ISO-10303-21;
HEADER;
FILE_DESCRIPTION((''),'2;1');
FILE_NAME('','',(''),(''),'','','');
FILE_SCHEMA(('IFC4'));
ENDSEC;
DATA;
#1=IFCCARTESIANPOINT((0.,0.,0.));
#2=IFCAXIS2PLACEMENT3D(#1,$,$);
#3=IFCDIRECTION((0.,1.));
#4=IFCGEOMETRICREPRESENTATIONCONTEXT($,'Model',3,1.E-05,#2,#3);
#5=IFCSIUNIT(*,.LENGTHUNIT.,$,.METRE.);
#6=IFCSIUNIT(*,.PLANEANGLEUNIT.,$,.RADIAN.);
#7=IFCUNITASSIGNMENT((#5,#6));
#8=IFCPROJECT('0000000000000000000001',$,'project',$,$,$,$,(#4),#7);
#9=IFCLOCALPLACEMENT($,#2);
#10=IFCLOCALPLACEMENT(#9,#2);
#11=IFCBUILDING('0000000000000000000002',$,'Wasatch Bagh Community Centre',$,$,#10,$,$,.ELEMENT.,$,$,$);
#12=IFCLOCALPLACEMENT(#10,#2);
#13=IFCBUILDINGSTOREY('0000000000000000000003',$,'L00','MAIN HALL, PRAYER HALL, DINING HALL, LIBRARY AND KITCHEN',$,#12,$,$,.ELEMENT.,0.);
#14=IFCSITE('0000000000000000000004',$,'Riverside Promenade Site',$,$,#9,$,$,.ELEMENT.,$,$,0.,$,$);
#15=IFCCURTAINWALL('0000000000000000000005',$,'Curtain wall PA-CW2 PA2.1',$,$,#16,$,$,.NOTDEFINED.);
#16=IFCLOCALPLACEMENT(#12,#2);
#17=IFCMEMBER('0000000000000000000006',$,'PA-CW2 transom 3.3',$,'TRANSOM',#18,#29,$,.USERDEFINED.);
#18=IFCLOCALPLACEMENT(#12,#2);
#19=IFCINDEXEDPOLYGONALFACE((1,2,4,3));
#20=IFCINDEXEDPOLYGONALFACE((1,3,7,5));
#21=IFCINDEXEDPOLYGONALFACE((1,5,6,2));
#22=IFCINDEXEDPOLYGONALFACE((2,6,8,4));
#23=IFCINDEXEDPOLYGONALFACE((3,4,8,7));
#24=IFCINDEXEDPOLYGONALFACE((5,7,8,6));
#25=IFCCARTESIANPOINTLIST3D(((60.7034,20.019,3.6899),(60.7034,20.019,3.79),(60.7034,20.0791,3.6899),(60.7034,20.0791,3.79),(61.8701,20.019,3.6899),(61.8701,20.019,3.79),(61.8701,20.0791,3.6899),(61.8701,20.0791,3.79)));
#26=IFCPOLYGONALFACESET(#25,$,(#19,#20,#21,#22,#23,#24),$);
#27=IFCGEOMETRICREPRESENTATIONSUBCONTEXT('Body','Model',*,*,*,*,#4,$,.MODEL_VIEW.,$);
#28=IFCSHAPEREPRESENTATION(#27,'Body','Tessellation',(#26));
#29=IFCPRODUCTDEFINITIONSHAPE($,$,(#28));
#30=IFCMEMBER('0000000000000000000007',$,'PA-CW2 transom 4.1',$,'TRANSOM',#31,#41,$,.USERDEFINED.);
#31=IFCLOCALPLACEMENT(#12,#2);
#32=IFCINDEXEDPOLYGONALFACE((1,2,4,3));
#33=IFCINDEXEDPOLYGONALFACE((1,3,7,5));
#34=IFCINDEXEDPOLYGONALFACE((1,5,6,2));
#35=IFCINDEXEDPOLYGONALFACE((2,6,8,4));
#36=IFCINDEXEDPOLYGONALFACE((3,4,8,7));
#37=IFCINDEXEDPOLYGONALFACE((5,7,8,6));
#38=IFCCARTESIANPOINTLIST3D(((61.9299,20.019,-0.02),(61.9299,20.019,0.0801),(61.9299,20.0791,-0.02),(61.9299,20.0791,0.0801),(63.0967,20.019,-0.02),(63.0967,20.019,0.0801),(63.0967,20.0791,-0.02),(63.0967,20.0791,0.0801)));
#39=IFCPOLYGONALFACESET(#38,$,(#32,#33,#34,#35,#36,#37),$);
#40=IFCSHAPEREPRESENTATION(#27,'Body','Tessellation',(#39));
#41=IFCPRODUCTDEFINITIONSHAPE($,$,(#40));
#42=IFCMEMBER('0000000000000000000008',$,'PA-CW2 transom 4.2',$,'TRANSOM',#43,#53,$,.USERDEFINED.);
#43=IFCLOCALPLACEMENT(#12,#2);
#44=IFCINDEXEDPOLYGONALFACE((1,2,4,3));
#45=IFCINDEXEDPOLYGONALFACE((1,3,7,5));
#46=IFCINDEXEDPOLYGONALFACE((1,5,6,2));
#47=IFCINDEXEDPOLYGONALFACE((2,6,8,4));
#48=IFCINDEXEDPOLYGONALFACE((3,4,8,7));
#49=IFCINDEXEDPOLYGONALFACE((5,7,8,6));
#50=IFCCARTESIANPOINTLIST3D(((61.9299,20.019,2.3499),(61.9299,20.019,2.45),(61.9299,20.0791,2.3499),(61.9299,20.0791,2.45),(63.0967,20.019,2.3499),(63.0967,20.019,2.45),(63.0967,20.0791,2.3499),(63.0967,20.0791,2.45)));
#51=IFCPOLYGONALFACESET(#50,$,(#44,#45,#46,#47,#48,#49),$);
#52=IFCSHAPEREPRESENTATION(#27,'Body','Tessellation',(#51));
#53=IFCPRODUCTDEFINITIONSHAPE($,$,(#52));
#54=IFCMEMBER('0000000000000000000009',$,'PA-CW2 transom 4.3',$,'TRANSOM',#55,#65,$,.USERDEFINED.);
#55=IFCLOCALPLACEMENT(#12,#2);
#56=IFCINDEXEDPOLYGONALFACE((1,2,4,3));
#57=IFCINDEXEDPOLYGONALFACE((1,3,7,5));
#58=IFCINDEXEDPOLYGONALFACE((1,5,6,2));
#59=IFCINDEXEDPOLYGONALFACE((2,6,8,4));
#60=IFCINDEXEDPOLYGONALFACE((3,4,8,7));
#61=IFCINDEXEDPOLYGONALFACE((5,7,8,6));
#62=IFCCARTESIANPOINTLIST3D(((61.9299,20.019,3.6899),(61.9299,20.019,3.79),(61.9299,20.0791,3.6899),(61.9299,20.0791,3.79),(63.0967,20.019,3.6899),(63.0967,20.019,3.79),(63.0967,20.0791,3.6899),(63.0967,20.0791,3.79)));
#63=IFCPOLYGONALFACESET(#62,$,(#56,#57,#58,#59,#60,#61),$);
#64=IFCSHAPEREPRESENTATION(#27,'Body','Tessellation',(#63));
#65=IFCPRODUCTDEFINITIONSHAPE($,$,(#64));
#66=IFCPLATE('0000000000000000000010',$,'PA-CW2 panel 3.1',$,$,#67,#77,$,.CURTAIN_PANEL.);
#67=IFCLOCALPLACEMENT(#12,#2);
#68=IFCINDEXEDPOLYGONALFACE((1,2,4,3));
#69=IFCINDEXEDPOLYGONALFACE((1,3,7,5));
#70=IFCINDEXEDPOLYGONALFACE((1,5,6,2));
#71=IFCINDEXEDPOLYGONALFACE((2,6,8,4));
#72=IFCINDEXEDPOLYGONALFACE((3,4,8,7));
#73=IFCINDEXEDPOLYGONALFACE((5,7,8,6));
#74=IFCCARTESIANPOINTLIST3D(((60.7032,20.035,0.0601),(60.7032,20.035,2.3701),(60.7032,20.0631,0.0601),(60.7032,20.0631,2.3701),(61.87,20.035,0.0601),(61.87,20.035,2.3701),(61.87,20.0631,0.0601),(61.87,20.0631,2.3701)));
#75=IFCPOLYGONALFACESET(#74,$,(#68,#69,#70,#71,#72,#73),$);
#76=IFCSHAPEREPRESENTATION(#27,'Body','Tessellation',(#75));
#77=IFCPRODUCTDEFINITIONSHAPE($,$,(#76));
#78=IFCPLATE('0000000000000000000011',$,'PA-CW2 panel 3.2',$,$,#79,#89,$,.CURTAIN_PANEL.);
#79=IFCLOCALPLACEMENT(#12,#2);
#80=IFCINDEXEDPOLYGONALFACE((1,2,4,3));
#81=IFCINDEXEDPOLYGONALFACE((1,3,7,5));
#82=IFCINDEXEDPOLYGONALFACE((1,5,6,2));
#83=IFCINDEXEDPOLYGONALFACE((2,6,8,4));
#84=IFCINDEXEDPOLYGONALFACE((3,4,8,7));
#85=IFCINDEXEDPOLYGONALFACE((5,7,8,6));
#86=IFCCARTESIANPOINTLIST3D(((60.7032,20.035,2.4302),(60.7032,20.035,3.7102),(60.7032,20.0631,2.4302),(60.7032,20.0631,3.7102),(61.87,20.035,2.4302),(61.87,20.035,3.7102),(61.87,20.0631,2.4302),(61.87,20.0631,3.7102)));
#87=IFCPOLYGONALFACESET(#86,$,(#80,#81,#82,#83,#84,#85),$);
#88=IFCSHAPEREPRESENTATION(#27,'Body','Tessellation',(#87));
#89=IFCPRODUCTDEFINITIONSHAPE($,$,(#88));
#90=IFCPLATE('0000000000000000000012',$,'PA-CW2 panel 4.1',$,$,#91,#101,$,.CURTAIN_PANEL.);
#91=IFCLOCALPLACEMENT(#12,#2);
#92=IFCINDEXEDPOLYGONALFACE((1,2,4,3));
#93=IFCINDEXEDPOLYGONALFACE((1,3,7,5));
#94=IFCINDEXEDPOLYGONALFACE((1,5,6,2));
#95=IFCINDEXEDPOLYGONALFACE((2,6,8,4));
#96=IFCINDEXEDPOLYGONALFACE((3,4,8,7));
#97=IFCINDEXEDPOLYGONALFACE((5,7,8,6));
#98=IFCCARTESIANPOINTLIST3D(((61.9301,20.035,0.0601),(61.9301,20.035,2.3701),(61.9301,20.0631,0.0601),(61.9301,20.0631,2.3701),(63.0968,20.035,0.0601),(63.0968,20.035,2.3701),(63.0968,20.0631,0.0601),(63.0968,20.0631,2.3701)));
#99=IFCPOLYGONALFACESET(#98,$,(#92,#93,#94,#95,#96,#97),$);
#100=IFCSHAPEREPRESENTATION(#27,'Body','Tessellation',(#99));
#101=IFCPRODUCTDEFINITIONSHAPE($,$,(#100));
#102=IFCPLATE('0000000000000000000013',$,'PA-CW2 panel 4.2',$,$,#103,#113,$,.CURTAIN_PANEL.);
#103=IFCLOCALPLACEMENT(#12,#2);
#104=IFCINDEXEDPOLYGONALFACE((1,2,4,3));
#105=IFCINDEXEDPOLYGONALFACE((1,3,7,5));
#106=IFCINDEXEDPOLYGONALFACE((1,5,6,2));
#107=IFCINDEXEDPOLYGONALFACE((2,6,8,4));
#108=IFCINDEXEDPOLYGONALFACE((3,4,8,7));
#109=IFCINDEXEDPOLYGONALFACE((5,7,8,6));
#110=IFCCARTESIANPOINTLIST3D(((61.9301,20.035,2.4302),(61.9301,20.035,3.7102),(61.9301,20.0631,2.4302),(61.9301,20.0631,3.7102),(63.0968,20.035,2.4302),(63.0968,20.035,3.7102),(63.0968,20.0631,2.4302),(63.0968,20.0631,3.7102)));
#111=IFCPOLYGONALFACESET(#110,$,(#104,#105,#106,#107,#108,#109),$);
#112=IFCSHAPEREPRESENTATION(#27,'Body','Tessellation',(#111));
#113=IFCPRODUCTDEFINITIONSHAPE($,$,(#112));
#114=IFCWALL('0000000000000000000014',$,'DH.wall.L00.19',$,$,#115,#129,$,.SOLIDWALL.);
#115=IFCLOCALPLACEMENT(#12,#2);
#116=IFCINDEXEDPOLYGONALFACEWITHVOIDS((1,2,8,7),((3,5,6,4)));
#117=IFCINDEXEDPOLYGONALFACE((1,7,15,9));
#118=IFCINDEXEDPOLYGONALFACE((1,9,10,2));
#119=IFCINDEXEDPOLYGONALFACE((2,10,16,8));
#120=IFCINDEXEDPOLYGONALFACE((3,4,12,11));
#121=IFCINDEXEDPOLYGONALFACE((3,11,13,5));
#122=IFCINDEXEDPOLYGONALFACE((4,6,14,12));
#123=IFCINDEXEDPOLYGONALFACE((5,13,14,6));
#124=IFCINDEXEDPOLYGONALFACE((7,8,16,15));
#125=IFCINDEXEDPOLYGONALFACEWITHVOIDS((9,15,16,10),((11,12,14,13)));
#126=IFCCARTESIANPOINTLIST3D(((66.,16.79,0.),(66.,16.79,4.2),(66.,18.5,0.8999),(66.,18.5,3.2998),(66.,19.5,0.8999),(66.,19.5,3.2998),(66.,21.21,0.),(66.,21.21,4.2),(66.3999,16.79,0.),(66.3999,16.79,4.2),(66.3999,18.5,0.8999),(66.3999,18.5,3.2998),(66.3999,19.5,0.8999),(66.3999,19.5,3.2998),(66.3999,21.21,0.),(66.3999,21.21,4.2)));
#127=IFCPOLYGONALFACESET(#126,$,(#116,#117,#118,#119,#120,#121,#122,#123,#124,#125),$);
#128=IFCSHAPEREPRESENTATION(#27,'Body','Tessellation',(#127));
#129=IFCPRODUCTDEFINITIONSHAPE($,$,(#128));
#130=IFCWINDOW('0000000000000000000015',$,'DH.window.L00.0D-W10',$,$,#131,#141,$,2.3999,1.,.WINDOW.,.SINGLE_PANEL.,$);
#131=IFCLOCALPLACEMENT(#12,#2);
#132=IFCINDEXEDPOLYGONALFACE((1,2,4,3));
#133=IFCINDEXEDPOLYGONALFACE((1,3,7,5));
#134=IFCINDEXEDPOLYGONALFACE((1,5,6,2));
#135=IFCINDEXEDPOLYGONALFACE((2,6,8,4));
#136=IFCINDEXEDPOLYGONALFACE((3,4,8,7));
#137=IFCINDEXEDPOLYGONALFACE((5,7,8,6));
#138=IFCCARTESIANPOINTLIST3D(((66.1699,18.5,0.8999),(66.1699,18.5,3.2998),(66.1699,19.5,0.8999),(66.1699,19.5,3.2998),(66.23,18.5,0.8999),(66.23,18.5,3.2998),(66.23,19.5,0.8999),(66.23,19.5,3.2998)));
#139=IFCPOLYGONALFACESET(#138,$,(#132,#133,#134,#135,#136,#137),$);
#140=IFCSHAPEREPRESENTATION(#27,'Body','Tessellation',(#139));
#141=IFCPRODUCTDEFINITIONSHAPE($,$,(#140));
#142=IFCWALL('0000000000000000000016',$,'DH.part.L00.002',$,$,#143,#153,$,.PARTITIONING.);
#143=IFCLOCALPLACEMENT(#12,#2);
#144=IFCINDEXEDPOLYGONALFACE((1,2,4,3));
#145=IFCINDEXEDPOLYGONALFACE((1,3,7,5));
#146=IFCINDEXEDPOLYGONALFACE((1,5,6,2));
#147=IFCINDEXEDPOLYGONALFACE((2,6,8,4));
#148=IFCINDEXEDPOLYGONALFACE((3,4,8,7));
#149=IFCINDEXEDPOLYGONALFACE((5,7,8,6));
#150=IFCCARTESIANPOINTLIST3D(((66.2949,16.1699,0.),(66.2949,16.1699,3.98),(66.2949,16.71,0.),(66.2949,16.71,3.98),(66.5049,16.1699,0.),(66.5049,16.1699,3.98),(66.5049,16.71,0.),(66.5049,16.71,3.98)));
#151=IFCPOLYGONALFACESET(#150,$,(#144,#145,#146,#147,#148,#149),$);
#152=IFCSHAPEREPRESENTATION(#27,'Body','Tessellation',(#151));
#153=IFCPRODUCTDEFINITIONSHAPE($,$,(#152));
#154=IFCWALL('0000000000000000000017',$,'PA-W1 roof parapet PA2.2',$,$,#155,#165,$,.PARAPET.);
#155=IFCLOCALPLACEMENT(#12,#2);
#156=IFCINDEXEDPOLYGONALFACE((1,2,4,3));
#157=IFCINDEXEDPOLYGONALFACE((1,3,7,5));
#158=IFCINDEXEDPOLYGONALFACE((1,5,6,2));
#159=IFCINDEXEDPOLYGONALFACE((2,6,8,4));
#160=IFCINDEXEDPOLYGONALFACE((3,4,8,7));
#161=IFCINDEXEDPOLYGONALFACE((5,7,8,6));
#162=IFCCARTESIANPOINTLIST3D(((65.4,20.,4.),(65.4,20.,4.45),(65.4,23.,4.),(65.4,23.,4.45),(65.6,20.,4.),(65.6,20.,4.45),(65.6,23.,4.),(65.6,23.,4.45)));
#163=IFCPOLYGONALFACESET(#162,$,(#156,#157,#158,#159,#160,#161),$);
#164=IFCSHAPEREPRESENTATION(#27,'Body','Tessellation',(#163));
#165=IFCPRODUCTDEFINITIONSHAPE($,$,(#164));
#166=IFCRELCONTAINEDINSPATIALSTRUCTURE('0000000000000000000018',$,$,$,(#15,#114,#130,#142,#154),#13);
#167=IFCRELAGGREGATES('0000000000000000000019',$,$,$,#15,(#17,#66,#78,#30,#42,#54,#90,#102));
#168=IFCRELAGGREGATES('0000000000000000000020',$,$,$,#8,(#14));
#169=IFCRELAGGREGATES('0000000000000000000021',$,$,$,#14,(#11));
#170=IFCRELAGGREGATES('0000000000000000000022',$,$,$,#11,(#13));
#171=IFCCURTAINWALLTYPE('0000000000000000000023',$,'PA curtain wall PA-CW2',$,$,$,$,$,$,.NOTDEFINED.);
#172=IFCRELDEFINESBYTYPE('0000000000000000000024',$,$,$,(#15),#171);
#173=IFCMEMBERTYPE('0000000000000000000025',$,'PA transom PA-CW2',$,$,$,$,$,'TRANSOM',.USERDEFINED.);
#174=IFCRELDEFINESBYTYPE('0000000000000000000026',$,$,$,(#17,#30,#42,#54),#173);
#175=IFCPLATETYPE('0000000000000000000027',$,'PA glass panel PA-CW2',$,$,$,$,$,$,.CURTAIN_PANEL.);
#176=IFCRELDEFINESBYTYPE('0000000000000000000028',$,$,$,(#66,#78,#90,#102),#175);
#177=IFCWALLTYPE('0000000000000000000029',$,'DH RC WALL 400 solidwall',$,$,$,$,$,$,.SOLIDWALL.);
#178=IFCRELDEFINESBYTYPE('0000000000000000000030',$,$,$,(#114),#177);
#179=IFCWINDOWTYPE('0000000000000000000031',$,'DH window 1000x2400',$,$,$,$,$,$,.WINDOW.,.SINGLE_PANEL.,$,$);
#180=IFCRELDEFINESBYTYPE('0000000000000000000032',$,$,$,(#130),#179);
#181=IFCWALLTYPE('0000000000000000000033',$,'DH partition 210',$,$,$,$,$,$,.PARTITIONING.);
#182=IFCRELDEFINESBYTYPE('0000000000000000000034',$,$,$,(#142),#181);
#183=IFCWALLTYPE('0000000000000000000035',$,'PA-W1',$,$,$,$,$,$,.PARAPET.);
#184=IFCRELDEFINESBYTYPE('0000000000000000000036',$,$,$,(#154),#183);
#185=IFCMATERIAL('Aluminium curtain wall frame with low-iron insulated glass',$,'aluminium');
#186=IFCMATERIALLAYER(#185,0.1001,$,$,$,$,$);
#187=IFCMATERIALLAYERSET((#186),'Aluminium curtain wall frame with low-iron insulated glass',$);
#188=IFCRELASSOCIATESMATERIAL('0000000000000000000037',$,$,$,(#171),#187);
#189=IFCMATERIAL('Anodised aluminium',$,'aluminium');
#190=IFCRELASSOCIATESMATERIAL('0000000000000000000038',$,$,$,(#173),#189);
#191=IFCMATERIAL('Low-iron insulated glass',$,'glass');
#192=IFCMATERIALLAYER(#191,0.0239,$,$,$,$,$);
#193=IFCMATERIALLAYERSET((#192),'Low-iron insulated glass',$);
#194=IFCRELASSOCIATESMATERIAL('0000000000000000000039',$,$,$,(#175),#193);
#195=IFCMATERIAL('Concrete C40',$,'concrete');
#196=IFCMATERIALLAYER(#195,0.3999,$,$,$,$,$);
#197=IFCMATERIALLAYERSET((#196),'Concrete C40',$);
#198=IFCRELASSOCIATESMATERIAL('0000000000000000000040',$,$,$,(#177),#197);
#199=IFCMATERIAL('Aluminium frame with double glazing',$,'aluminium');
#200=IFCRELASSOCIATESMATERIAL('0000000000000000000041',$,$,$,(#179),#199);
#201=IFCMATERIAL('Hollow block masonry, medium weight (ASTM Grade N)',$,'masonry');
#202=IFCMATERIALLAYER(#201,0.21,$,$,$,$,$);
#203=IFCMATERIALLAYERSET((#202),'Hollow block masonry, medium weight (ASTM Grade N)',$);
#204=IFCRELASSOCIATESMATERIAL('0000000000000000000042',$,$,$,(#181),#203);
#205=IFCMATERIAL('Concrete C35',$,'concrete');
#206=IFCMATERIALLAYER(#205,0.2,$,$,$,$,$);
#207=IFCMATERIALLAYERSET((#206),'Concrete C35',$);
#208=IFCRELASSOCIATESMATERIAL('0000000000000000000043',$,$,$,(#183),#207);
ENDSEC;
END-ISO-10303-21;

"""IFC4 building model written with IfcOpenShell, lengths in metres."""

from ifc_helpers import new_model, si_unit, direction, frame, frame_2d, origin, origin_2d, place, context, subcontext, project, spatial, rectangle, extrude, material, layer, layer_set, material_profile, profile_set, type_object, element, fill, aggregate, save


model = new_model("IFC4")

# Units and contexts
model_context = context("Model", 3, precision=1e-05, world=origin(), true_north=direction((0.0, 1.0)))
body_context = subcontext(model_context, "Body", "Model", "MODEL_VIEW")
ifc_project = project(units=[si_unit("LENGTHUNIT", "METRE"), si_unit("PLANEANGLEUNIT", "RADIAN")], contexts=[model_context])

# Site, building, storey
site_placement = place(None, origin())
site = spatial("IfcSite", under=ifc_project, at=site_placement, Name="Riverside Promenade Site", CompositionType="ELEMENT", RefElevation=0.0)
building_placement = place(site_placement, origin())
building = spatial("IfcBuilding", under=site, at=building_placement, Name="Wasatch Bagh Community Centre", CompositionType="ELEMENT")
storey_placement = place(building_placement, origin())
storey = spatial("IfcBuildingStorey", under=building, at=storey_placement, Name="L00", Description="MAIN HALL, PRAYER HALL, DINING HALL, LIBRARY AND KITCHEN", CompositionType="ELEMENT", Elevation=0.0)

# Shared definitions
ifc_material_1 = material(Name="Concrete C35", Category="concrete")

# Shared definitions
ifc_material_2 = material(Name="Concrete C40", Category="concrete")

# Curtain wall, members, plates
ifc_material_3 = material(Name="Aluminium curtain wall frame with low-iron insulated glass", Category="aluminium")
ifc_layer_1 = layer(ifc_material_3, 0.1001)
ifc_layer_set_1 = layer_set([ifc_layer_1], Name="Aluminium curtain wall frame with low-iron insulated glass")
curtain_wall_type = type_object("IfcCurtainWallType", Name="PA curtain wall PA-CW2", PredefinedType="NOTDEFINED", material=ifc_layer_set_1)
curtain_wall_placement = place(storey_placement, origin())
curtain_wall = element("IfcCurtainWall", 1, at=curtain_wall_placement, inside=storey, type_object=curtain_wall_type, Name="Curtain wall PA-CW2 PA2.1", PredefinedType="NOTDEFINED")
ifc_material_4 = material(Name="Anodised aluminium", Category="aluminium")
ifc_material_profile_1 = material_profile(ifc_material_4, rectangle(XDim=0.0601, YDim=0.1001, at=origin_2d()), Name="PA transom PA-CW2")
ifc_profile_set_1 = profile_set([ifc_material_profile_1], Name="Anodised aluminium")
member_type_1 = type_object("IfcMemberType", Name="PA transom PA-CW2", ElementType="TRANSOM", PredefinedType="USERDEFINED", material=ifc_profile_set_1)
member_1_placement = place(storey_placement, frame((60.7034, 20.0491, 3.74), z_axis=(1.0, 0.0, 0.0), x_axis=(0.0, 1.0, 0.0)))
member_1 = element("IfcMember", 2, at=member_1_placement, type_object=member_type_1, Name="PA-CW2 transom 3.3", ObjectType="TRANSOM", PredefinedType="USERDEFINED", context=body_context, shape_type="SweptSolid", body=[
    extrude(rectangle(XDim=0.0601, YDim=0.1001, at=origin_2d()), origin(), (0.0, 0.0, 1.0), 1.1667),
])
member_2_placement = place(storey_placement, frame((61.9299, 20.0491, 0.03), z_axis=(1.0, 0.0, 0.0), x_axis=(0.0, 1.0, 0.0)))
member_2 = element("IfcMember", 3, at=member_2_placement, type_object=member_type_1, Name="PA-CW2 transom 4.1", ObjectType="TRANSOM", PredefinedType="USERDEFINED", context=body_context, shape_type="SweptSolid", body=[
    extrude(rectangle(XDim=0.0601, YDim=0.1001, at=origin_2d()), origin(), (0.0, 0.0, 1.0), 1.1667),
])
member_3_placement = place(storey_placement, frame((61.9299, 20.0491, 2.3999), z_axis=(1.0, 0.0, 0.0), x_axis=(0.0, 1.0, 0.0)))
member_3 = element("IfcMember", 4, at=member_3_placement, type_object=member_type_1, Name="PA-CW2 transom 4.2", ObjectType="TRANSOM", PredefinedType="USERDEFINED", context=body_context, shape_type="SweptSolid", body=[
    extrude(rectangle(XDim=0.0601, YDim=0.1001, at=origin_2d()), origin(), (0.0, 0.0, 1.0), 1.1667),
])
member_4_placement = place(storey_placement, frame((61.9299, 20.0491, 3.74), z_axis=(1.0, 0.0, 0.0), x_axis=(0.0, 1.0, 0.0)))
member_4 = element("IfcMember", 5, at=member_4_placement, type_object=member_type_1, Name="PA-CW2 transom 4.3", ObjectType="TRANSOM", PredefinedType="USERDEFINED", context=body_context, shape_type="SweptSolid", body=[
    extrude(rectangle(XDim=0.0601, YDim=0.1001, at=origin_2d()), origin(), (0.0, 0.0, 1.0), 1.1667),
])
ifc_material_5 = material(Name="Low-iron insulated glass", Category="glass")
ifc_layer_2 = layer(ifc_material_5, 0.0239)
ifc_layer_set_2 = layer_set([ifc_layer_2], Name="Low-iron insulated glass")
plate_type = type_object("IfcPlateType", Name="PA glass panel PA-CW2", PredefinedType="CURTAIN_PANEL", material=ifc_layer_set_2)
plate_1_placement = place(storey_placement, frame((61.2866, 20.0491, 0.0601), z_axis=(0.0, 0.0, 1.0), x_axis=(1.0, 0.0, 0.0)))
plate_1 = element("IfcPlate", 6, at=plate_1_placement, type_object=plate_type, Name="PA-CW2 panel 3.1", PredefinedType="CURTAIN_PANEL", context=body_context, shape_type="SweptSolid", body=[
    extrude(rectangle(XDim=1.1667, YDim=0.0281, at=origin_2d()), origin(), (0.0, 0.0, 1.0), 2.3101),
])
plate_2_placement = place(storey_placement, frame((61.2866, 20.0491, 2.4302), z_axis=(0.0, 0.0, 1.0), x_axis=(1.0, 0.0, 0.0)))
plate_2 = element("IfcPlate", 7, at=plate_2_placement, type_object=plate_type, Name="PA-CW2 panel 3.2", PredefinedType="CURTAIN_PANEL", context=body_context, shape_type="SweptSolid", body=[
    extrude(rectangle(XDim=1.1667, YDim=0.0281, at=origin_2d()), origin(), (0.0, 0.0, 1.0), 1.28),
])
plate_3_placement = place(storey_placement, frame((62.5134, 20.0491, 0.0601), z_axis=(0.0, 0.0, 1.0), x_axis=(1.0, 0.0, 0.0)))
plate_3 = element("IfcPlate", 8, at=plate_3_placement, type_object=plate_type, Name="PA-CW2 panel 4.1", PredefinedType="CURTAIN_PANEL", context=body_context, shape_type="SweptSolid", body=[
    extrude(rectangle(XDim=1.1667, YDim=0.0281, at=origin_2d()), origin(), (0.0, 0.0, 1.0), 2.3101),
])
plate_4_placement = place(storey_placement, frame((62.5134, 20.0491, 2.4302), z_axis=(0.0, 0.0, 1.0), x_axis=(1.0, 0.0, 0.0)))
plate_4 = element("IfcPlate", 9, at=plate_4_placement, type_object=plate_type, Name="PA-CW2 panel 4.2", PredefinedType="CURTAIN_PANEL", context=body_context, shape_type="SweptSolid", body=[
    extrude(rectangle(XDim=1.1667, YDim=0.0281, at=origin_2d()), origin(), (0.0, 0.0, 1.0), 1.28),
])
aggregate(curtain_wall, [member_1, plate_1, plate_2, member_2, member_3, member_4, plate_3, plate_4])

# Wall, opening, window
ifc_layer_3 = layer(ifc_material_2, 0.3999)
ifc_layer_set_3 = layer_set([ifc_layer_3], Name="Concrete C40")
wall_type_1 = type_object("IfcWallType", Name="DH RC WALL 400 solidwall", PredefinedType="SOLIDWALL", material=ifc_layer_set_3)
wall_1_placement = place(storey_placement, frame((66.2, 16.79, 0.0), z_axis=(0.0, 0.0, 1.0), x_axis=(0.0, 1.0, 0.0)))
wall_1 = element("IfcWall", 10, at=wall_1_placement, inside=storey, type_object=wall_type_1, Name="DH.wall.L00.19", PredefinedType="SOLIDWALL", context=body_context, shape_type="SweptSolid", body=[
    extrude(rectangle(XDim=4.4199, YDim=0.3999, at=frame_2d((2.21, 0.0))), origin(), (0.0, 0.0, 1.0), 4.2),
])
opening_placement = place(wall_1_placement, frame((1.71, 0.0, 0.8999)))
opening = element("IfcOpeningElement", 11, at=opening_placement, cuts=wall_1, PredefinedType="OPENING", context=body_context, shape_type="SweptSolid", body=[
    extrude(rectangle(XDim=1.0, YDim=2.3999, at=frame_2d((0.5, 1.2))), frame((0.0, 0.21, 0.0), z_axis=(0.0, -1.0, 0.0), x_axis=(1.0, 0.0, 0.0)), (0.0, 0.0, 1.0), 0.4199),
])
ifc_material_6 = material(Name="Aluminium frame with double glazing", Category="aluminium")
window_type = type_object("IfcWindowType", Name="DH window 1000x2400", PartitioningType="SINGLE_PANEL", PredefinedType="WINDOW", material=ifc_material_6)
window_placement = place(opening_placement, origin())
window = element("IfcWindow", 12, at=window_placement, inside=storey, type_object=window_type, Name="DH.window.L00.0D-W10", OverallHeight=2.3999, OverallWidth=1.0, PartitioningType="SINGLE_PANEL", PredefinedType="WINDOW", context=body_context, shape_type="SweptSolid", body=[
    extrude(rectangle(XDim=1.0, YDim=2.3999, at=frame_2d((0.5, 1.2))), frame((0.0, 0.03, 0.0), z_axis=(0.0, -1.0, 0.0), x_axis=(1.0, 0.0, 0.0)), (0.0, 0.0, 1.0), 0.0601),
])
fill(opening, window)

# Walls
ifc_material_7 = material(Name="Hollow block masonry, medium weight (ASTM Grade N)", Category="masonry")
ifc_layer_4 = layer(ifc_material_7, 0.21)
ifc_layer_set_4 = layer_set([ifc_layer_4], Name="Hollow block masonry, medium weight (ASTM Grade N)")
wall_type_2 = type_object("IfcWallType", Name="DH partition 210", PredefinedType="PARTITIONING", material=ifc_layer_set_4)
wall_2_placement = place(storey_placement, frame((66.3999, 16.71, 0.0), z_axis=(0.0, 0.0, 1.0), x_axis=(0.0, -1.0, 0.0)))
element("IfcWall", 13, at=wall_2_placement, inside=storey, type_object=wall_type_2, Name="DH.part.L00.002", PredefinedType="PARTITIONING", context=body_context, shape_type="SweptSolid", body=[
    extrude(rectangle(XDim=0.54, YDim=0.21, at=frame_2d((0.27, 0.0))), origin(), (0.0, 0.0, 1.0), 3.98),
])
ifc_layer_5 = layer(ifc_material_1, 0.2)
ifc_layer_set_5 = layer_set([ifc_layer_5], Name="Concrete C35")
wall_type_3 = type_object("IfcWallType", Name="PA-W1", PredefinedType="PARAPET", material=ifc_layer_set_5)
wall_3_placement = place(storey_placement, frame((65.5, 20.0, 4.0), z_axis=(0.0, 0.0, 1.0), x_axis=(0.0, 1.0, 0.0)))
element("IfcWall", 14, at=wall_3_placement, inside=storey, type_object=wall_type_3, Name="PA-W1 roof parapet PA2.2", PredefinedType="PARAPET", context=body_context, shape_type="SweptSolid", body=[
    extrude(rectangle(XDim=3.0, YDim=0.2, at=frame_2d((1.5, 0.0))), origin(), (0.0, 0.0, 1.0), 0.45),
])

save(model, "model.ifc")
